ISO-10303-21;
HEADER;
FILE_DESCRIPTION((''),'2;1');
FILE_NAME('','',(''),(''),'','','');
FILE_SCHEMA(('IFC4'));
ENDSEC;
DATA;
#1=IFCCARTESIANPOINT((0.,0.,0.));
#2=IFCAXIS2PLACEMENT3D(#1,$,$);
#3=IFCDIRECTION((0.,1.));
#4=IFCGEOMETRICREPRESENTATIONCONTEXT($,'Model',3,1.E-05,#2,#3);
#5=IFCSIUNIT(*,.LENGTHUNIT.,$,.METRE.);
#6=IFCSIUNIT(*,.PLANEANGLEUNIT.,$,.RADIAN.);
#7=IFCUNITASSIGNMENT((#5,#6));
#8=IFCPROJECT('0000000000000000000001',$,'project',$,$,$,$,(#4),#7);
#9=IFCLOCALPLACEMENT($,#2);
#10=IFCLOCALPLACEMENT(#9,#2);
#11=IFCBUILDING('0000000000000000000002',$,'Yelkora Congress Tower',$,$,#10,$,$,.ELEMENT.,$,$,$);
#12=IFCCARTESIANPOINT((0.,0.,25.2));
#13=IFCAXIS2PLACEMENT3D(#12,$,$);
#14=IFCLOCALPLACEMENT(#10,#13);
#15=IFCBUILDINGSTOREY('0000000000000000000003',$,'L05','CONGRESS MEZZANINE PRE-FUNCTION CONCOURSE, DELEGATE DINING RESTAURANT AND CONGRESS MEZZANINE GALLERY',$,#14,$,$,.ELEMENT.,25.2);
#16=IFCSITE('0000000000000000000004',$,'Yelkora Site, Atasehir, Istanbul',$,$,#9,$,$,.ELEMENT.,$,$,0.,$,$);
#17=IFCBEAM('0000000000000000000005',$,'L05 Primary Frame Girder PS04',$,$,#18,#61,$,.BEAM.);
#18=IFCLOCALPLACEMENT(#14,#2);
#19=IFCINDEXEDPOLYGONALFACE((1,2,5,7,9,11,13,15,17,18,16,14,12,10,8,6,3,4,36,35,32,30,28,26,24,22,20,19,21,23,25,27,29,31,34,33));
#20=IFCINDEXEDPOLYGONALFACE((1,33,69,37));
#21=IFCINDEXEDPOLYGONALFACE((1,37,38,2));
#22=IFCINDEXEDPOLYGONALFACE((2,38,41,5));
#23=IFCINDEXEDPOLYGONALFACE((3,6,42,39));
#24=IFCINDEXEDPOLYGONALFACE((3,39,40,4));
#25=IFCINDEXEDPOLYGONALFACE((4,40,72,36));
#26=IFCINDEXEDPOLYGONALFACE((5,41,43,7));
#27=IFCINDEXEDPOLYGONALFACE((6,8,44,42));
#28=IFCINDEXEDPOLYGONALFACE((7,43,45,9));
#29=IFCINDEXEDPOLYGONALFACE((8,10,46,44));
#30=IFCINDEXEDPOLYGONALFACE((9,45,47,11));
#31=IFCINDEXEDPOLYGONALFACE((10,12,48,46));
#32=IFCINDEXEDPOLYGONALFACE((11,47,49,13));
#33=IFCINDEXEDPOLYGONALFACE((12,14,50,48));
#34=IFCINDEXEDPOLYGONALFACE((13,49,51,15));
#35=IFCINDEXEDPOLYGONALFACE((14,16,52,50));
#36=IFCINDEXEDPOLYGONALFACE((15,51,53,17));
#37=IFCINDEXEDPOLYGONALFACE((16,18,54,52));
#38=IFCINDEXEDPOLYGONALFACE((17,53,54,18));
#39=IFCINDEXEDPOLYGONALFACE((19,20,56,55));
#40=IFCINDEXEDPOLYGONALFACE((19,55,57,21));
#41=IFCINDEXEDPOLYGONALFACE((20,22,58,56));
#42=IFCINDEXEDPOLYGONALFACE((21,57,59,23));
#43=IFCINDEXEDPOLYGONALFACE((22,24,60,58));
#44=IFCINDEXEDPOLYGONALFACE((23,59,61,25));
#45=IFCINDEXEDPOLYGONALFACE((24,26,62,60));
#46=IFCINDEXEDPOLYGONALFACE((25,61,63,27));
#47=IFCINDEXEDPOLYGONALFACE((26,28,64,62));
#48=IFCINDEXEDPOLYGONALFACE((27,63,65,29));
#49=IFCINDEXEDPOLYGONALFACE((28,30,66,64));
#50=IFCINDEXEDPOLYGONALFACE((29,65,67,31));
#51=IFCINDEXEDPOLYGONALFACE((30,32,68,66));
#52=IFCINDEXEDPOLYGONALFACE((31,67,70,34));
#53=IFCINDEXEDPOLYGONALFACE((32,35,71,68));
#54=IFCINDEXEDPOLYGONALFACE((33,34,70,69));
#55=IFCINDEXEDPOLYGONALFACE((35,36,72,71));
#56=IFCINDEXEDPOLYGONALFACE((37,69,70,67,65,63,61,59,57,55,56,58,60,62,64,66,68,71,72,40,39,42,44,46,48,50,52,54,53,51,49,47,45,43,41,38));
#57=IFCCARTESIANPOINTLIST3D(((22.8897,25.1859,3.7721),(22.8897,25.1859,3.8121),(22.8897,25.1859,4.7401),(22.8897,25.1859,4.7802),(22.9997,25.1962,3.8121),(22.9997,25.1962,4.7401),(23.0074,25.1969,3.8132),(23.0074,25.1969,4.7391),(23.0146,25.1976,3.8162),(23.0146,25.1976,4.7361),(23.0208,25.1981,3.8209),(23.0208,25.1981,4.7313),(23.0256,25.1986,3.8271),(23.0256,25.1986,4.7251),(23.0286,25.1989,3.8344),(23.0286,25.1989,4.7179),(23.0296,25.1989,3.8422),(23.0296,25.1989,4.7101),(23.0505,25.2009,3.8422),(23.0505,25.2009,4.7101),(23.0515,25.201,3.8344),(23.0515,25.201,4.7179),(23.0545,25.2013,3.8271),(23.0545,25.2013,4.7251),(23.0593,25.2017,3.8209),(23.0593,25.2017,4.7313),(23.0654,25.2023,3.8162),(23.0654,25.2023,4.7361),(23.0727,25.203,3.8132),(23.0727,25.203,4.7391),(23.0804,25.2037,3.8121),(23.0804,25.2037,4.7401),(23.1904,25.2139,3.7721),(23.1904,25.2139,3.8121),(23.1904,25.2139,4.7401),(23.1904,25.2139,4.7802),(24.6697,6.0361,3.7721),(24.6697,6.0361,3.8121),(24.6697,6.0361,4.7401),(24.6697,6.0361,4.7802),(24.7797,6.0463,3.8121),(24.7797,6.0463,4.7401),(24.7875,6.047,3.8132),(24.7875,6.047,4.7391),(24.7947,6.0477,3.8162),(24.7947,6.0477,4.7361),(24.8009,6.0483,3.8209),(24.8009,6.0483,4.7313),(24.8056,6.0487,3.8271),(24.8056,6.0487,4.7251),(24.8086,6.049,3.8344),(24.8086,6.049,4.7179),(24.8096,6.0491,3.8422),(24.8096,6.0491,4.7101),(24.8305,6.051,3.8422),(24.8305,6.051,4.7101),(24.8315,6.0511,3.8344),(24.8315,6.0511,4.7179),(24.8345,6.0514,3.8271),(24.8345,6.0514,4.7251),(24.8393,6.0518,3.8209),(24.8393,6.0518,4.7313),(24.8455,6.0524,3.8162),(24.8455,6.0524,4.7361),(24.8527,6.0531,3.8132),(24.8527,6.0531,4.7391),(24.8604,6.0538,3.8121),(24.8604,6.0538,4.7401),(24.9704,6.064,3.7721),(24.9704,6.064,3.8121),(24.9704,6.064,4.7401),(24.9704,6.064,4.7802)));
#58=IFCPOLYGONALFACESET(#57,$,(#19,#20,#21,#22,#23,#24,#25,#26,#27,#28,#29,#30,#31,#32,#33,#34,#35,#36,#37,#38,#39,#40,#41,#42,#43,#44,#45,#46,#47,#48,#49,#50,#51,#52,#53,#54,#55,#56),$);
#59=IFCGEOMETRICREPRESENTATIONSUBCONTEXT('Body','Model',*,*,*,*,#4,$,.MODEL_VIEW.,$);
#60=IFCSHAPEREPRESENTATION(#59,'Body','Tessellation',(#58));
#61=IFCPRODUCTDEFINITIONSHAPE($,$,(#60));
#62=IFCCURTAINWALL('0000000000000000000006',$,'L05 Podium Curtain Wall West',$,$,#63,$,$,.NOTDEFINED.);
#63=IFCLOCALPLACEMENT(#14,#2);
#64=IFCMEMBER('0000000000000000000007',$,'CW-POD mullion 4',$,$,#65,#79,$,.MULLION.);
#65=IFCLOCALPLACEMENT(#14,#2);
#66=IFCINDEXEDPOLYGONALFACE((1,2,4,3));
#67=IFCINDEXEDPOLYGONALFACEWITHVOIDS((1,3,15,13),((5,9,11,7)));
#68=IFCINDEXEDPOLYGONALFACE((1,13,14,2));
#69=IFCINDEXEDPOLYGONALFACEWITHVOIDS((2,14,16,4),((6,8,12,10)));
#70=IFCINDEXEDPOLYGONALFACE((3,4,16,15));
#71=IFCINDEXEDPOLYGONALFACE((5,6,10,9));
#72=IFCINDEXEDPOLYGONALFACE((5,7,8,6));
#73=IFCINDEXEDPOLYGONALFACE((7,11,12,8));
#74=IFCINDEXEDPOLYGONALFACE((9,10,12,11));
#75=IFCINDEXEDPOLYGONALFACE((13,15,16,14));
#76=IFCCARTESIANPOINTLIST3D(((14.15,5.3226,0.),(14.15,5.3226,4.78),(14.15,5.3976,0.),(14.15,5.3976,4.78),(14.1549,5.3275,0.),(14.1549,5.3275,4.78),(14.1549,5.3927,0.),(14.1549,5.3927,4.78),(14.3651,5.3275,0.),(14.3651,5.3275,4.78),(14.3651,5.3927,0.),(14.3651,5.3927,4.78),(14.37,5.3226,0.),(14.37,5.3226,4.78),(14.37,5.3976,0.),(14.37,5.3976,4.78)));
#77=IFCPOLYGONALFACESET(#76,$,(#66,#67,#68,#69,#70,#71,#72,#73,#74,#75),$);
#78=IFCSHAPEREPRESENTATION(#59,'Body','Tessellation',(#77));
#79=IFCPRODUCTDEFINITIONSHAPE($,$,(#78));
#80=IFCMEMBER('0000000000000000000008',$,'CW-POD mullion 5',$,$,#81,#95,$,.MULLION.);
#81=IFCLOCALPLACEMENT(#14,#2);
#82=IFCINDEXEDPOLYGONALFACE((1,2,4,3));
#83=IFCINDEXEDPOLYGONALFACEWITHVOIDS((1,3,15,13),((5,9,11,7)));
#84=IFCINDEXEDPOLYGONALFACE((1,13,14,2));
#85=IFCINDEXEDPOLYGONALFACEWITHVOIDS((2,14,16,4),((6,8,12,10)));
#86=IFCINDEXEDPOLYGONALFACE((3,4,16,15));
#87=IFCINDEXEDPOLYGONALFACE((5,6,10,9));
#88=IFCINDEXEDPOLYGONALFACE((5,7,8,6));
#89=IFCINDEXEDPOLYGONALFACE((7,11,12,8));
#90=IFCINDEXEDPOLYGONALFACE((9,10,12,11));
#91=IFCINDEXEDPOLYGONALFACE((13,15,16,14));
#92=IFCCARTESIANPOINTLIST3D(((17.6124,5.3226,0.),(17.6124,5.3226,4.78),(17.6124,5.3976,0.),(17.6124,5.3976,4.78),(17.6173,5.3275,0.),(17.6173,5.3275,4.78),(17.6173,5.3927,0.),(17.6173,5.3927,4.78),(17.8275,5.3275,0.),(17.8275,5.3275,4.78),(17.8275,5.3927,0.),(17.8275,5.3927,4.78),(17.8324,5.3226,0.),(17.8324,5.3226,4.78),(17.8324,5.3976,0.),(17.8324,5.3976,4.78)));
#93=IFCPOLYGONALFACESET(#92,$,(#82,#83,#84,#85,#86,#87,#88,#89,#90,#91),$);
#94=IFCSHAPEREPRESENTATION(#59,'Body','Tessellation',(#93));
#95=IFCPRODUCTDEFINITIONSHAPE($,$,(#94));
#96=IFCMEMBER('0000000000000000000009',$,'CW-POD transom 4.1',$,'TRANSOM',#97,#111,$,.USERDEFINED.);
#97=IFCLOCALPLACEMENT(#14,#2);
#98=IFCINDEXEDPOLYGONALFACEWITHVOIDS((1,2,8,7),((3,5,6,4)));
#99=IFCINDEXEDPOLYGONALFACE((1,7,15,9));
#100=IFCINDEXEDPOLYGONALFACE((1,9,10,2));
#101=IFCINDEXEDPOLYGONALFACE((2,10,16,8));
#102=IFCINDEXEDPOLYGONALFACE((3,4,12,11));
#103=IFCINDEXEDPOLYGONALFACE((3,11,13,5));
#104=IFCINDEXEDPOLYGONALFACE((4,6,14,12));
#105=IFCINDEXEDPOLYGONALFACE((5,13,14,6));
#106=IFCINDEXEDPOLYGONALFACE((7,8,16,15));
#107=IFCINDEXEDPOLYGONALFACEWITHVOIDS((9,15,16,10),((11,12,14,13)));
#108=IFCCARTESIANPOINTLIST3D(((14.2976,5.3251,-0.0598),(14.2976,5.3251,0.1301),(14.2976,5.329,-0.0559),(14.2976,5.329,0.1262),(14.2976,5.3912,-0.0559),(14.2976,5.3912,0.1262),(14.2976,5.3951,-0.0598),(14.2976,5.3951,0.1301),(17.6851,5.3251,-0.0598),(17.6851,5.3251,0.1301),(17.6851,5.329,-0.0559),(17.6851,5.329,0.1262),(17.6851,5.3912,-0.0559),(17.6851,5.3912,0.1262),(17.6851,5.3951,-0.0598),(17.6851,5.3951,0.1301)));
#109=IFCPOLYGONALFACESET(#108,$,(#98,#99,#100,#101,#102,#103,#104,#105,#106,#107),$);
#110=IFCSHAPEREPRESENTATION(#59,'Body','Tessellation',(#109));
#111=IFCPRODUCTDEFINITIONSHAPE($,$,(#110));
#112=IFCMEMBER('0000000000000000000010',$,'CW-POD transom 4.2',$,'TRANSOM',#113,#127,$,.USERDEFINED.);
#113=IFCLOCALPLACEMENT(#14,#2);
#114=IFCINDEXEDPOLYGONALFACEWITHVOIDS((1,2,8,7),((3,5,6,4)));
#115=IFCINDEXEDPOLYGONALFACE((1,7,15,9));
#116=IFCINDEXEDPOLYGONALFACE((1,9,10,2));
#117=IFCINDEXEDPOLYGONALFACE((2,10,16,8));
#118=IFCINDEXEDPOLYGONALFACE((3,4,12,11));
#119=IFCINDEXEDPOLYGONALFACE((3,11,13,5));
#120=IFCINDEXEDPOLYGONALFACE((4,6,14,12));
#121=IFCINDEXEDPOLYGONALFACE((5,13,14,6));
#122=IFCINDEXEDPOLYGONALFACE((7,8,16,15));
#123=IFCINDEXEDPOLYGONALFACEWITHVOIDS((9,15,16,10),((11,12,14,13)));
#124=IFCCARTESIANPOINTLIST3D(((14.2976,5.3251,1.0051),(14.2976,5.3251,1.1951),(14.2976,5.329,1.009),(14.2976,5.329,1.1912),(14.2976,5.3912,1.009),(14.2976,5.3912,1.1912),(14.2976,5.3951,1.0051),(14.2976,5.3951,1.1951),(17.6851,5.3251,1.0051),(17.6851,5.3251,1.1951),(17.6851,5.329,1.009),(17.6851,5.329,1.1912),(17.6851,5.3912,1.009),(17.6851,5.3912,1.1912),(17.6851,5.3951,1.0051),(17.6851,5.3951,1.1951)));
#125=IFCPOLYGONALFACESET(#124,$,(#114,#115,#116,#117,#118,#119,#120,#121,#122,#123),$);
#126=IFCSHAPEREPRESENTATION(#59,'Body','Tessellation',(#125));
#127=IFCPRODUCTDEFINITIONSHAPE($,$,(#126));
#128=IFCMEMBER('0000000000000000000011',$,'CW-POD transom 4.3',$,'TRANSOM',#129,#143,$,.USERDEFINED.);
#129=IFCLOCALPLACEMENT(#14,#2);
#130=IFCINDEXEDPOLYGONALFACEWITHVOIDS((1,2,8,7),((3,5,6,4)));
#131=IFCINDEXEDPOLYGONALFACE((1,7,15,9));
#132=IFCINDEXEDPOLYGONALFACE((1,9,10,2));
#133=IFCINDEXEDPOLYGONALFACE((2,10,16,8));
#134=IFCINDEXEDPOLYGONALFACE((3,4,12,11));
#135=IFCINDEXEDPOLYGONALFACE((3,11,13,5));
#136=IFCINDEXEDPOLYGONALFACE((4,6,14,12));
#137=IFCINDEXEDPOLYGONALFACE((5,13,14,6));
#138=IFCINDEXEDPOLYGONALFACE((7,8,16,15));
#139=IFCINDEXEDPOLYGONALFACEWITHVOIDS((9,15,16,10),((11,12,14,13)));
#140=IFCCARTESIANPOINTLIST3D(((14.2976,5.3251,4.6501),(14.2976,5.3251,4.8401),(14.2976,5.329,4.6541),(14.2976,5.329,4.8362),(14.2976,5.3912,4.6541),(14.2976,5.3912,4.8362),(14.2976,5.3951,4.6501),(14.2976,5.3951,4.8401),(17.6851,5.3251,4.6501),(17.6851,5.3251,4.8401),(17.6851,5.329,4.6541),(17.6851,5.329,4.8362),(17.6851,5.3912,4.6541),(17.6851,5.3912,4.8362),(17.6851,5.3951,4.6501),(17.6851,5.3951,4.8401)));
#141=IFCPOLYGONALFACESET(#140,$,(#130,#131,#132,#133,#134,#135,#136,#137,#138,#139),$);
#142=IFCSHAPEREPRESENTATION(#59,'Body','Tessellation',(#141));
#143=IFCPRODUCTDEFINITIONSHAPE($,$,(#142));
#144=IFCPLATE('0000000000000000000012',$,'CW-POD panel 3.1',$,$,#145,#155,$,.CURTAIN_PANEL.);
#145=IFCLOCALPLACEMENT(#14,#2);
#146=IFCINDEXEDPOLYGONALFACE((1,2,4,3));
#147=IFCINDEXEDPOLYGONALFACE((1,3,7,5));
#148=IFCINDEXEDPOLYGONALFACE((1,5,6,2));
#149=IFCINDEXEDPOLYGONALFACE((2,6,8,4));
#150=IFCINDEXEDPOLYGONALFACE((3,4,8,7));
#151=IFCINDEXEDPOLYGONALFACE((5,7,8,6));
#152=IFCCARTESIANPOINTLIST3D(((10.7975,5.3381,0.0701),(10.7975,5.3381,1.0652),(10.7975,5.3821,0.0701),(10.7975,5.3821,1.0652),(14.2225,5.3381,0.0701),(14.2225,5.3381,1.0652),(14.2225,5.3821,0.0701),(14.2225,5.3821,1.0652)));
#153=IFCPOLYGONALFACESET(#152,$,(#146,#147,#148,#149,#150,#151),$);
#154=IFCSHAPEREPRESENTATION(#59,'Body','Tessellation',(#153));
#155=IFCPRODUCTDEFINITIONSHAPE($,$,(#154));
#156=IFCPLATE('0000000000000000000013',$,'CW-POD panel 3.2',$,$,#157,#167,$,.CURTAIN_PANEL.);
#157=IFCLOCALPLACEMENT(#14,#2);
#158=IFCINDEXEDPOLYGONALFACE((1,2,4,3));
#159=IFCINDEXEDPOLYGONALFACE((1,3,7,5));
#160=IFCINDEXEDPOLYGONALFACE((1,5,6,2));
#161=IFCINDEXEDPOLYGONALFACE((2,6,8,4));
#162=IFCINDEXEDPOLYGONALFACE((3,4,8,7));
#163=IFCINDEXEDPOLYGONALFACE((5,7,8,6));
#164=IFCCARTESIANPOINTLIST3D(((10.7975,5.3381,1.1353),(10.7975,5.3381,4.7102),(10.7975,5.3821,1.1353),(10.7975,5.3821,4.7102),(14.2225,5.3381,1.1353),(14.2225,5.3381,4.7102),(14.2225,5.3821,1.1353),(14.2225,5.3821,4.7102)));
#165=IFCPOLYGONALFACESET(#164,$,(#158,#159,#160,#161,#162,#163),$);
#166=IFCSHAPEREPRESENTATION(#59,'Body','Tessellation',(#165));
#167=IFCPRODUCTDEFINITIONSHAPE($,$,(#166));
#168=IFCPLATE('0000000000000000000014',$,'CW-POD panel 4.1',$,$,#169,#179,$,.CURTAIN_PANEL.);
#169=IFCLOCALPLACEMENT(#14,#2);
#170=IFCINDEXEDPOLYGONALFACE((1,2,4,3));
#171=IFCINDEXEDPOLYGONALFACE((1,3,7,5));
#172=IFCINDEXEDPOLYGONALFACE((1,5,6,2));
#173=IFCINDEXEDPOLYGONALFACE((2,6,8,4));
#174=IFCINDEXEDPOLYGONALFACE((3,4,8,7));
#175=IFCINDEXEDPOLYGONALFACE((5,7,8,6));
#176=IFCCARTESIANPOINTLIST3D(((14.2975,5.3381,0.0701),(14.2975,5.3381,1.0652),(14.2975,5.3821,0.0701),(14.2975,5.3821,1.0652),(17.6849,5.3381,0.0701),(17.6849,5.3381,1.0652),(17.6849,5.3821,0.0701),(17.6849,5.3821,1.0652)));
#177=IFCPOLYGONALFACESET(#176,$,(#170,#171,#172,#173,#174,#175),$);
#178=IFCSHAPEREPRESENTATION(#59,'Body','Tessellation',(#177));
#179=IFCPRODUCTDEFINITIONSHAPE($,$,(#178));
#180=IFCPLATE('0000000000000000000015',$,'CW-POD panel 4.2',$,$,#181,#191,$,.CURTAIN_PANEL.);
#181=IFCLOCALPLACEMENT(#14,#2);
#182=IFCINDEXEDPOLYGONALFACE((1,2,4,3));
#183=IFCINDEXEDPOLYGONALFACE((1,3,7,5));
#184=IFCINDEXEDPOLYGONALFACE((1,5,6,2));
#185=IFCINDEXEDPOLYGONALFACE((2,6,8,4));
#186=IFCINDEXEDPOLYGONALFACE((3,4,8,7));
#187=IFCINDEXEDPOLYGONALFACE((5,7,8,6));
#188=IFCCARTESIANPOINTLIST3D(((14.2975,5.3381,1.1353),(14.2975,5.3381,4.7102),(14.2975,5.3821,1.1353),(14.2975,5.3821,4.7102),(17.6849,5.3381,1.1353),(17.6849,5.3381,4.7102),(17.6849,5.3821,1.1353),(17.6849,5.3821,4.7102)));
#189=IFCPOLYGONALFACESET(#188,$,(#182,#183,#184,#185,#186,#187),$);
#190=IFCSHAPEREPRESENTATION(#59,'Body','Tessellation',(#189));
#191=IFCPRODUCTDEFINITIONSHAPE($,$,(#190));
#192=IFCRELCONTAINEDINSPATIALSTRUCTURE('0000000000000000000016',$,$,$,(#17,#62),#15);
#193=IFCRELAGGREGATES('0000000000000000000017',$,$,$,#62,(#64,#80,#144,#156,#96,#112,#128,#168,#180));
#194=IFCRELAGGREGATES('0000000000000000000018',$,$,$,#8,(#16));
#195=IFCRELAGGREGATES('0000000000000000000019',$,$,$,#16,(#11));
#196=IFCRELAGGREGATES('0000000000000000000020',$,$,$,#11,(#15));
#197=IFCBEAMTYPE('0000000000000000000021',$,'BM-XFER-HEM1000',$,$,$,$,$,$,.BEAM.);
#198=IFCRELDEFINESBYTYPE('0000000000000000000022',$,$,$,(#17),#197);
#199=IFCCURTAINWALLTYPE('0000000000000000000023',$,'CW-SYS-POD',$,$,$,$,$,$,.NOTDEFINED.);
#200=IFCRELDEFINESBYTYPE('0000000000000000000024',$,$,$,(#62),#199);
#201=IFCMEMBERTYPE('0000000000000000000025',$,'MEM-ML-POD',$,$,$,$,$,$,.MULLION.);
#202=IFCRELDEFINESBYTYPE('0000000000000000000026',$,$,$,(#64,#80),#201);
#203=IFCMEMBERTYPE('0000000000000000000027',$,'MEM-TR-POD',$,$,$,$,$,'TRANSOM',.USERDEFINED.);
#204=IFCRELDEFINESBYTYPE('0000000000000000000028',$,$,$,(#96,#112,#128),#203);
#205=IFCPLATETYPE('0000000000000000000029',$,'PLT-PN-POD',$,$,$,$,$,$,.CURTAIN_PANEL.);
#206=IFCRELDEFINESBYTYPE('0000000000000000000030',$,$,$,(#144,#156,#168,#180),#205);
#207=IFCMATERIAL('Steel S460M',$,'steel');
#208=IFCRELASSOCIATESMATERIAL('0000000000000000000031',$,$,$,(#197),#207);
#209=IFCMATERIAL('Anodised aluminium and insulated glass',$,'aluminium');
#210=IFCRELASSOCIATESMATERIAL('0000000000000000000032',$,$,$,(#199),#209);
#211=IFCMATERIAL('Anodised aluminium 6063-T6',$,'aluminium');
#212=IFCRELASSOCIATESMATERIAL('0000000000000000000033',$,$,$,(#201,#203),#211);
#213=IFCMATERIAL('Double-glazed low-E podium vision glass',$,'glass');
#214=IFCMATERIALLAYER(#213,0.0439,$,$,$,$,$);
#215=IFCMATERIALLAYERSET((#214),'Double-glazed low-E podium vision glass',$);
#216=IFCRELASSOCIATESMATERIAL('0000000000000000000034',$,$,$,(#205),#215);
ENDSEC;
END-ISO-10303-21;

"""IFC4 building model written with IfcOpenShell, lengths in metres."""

from ifc_helpers import new_model, si_unit, direction, frame, origin, origin_2d, place, context, subcontext, project, spatial, rectangle, hollow_rectangle, i_section, extrude, material, layer, layer_set, material_profile, profile_set, type_object, element, aggregate, save


model = new_model("IFC4")

# Units and contexts
model_context = context("Model", 3, precision=1e-05, world=origin(), true_north=direction((0.0, 1.0)))
body_context = subcontext(model_context, "Body", "Model", "MODEL_VIEW")
ifc_project = project(units=[si_unit("LENGTHUNIT", "METRE"), si_unit("PLANEANGLEUNIT", "RADIAN")], contexts=[model_context])

# Site, building, storey
site_placement = place(None, origin())
site = spatial("IfcSite", under=ifc_project, at=site_placement, Name="Yelkora Site, Atasehir, Istanbul", CompositionType="ELEMENT", RefElevation=0.0)
building_placement = place(site_placement, origin())
building = spatial("IfcBuilding", under=site, at=building_placement, Name="Yelkora Congress Tower", CompositionType="ELEMENT")
storey_placement = place(building_placement, frame((0.0, 0.0, 25.2)))
storey = spatial("IfcBuildingStorey", under=building, at=storey_placement, Name="L05", Description="CONGRESS MEZZANINE PRE-FUNCTION CONCOURSE, DELEGATE DINING RESTAURANT AND CONGRESS MEZZANINE GALLERY", CompositionType="ELEMENT", Elevation=25.2)

# Beam
ifc_material_1 = material(Name="Steel S460M", Category="steel")
ifc_material_profile_1 = material_profile(ifc_material_1, i_section(OverallWidth=0.302, OverallDepth=1.0081, WebThickness=0.021, FlangeThickness=0.04, FilletRadius=0.03, at=origin_2d()), Name="HEM 1000")
ifc_profile_set_1 = profile_set([ifc_material_profile_1], Name="Steel S460M")
beam_type_1 = type_object("IfcBeamType", Name="BM-XFER-HEM1000", PredefinedType="BEAM", material=ifc_profile_set_1)
beam_1_placement = place(storey_placement, frame((24.8201, 6.05, 4.2761), z_axis=(-0.092553, 0.995708, 0.0), x_axis=(-0.995708, -0.092553, 0.0)))
element("IfcBeam", 1, at=beam_1_placement, inside=storey, type_object=beam_type_1, Name="L05 Primary Frame Girder PS04", PredefinedType="BEAM", context=body_context, shape_type="SweptSolid", body=[
    extrude(i_section(OverallWidth=0.302, OverallDepth=1.0081, WebThickness=0.021, FlangeThickness=0.04, FilletRadius=0.03, at=origin_2d()), origin(), (0.0, 0.0, 1.0), 19.2324),
])

# Curtain wall, members, plates
ifc_material_2 = material(Name="Anodised aluminium and insulated glass", Category="aluminium")
curtain_wall_type = type_object("IfcCurtainWallType", Name="CW-SYS-POD", PredefinedType="NOTDEFINED", material=ifc_material_2)
curtain_wall_placement = place(storey_placement, origin())
curtain_wall = element("IfcCurtainWall", 2, at=curtain_wall_placement, inside=storey, type_object=curtain_wall_type, Name="L05 Podium Curtain Wall West", PredefinedType="NOTDEFINED")
ifc_material_3 = material(Name="Anodised aluminium 6063-T6", Category="aluminium")
ifc_material_profile_2 = material_profile(ifc_material_3, hollow_rectangle(XDim=0.075, YDim=0.22, WallThickness=0.0049, at=origin_2d()), Name="ALU 75x220x5")
ifc_profile_set_2 = profile_set([ifc_material_profile_2], Name="Anodised aluminium 6063-T6")
member_type_1 = type_object("IfcMemberType", Name="MEM-ML-POD", PredefinedType="MULLION", material=ifc_profile_set_2)
member_1_placement = place(storey_placement, frame((14.26, 5.3601, 0.0), z_axis=(0.0, 0.0, 1.0), x_axis=(0.0, 1.0, 0.0)))
member_1 = element("IfcMember", 3, at=member_1_placement, type_object=member_type_1, Name="CW-POD mullion 4", PredefinedType="MULLION", context=body_context, shape_type="SweptSolid", body=[
    extrude(hollow_rectangle(XDim=0.075, YDim=0.22, WallThickness=0.0049, at=origin_2d()), origin(), (0.0, 0.0, 1.0), 4.78),
])
member_2_placement = place(storey_placement, frame((17.7224, 5.3601, 0.0), z_axis=(0.0, 0.0, 1.0), x_axis=(0.0, 1.0, 0.0)))
member_2 = element("IfcMember", 4, at=member_2_placement, type_object=member_type_1, Name="CW-POD mullion 5", PredefinedType="MULLION", context=body_context, shape_type="SweptSolid", body=[
    extrude(hollow_rectangle(XDim=0.075, YDim=0.22, WallThickness=0.0049, at=origin_2d()), origin(), (0.0, 0.0, 1.0), 4.78),
])
ifc_material_profile_3 = material_profile(ifc_material_3, hollow_rectangle(XDim=0.0701, YDim=0.1899, WallThickness=0.0039, at=origin_2d()), Name="ALU 70x190x4")
ifc_profile_set_3 = profile_set([ifc_material_profile_3], Name="Anodised aluminium 6063-T6")
member_type_2 = type_object("IfcMemberType", Name="MEM-TR-POD", ElementType="TRANSOM", PredefinedType="USERDEFINED", material=ifc_profile_set_3)
member_3_placement = place(storey_placement, frame((14.2976, 5.3601, 0.0352), z_axis=(1.0, 0.0, 0.0), x_axis=(0.0, 1.0, 0.0)))
member_3 = element("IfcMember", 5, at=member_3_placement, type_object=member_type_2, Name="CW-POD transom 4.1", ObjectType="TRANSOM", PredefinedType="USERDEFINED", context=body_context, shape_type="SweptSolid", body=[
    extrude(hollow_rectangle(XDim=0.0701, YDim=0.1899, WallThickness=0.0039, at=origin_2d()), origin(), (0.0, 0.0, 1.0), 3.3875),
])
member_4_placement = place(storey_placement, frame((14.2976, 5.3601, 1.1001), z_axis=(1.0, 0.0, 0.0), x_axis=(0.0, 1.0, 0.0)))
member_4 = element("IfcMember", 6, at=member_4_placement, type_object=member_type_2, Name="CW-POD transom 4.2", ObjectType="TRANSOM", PredefinedType="USERDEFINED", context=body_context, shape_type="SweptSolid", body=[
    extrude(hollow_rectangle(XDim=0.0701, YDim=0.1899, WallThickness=0.0039, at=origin_2d()), origin(), (0.0, 0.0, 1.0), 3.3875),
])
member_5_placement = place(storey_placement, frame((14.2976, 5.3601, 4.7451), z_axis=(1.0, 0.0, 0.0), x_axis=(0.0, 1.0, 0.0)))
member_5 = element("IfcMember", 7, at=member_5_placement, type_object=member_type_2, Name="CW-POD transom 4.3", ObjectType="TRANSOM", PredefinedType="USERDEFINED", context=body_context, shape_type="SweptSolid", body=[
    extrude(hollow_rectangle(XDim=0.0701, YDim=0.1899, WallThickness=0.0039, at=origin_2d()), origin(), (0.0, 0.0, 1.0), 3.3875),
])
ifc_material_4 = material(Name="Double-glazed low-E podium vision glass", Category="glass")
ifc_layer_1 = layer(ifc_material_4, 0.0439)
ifc_layer_set_1 = layer_set([ifc_layer_1], Name="Double-glazed low-E podium vision glass")
plate_type = type_object("IfcPlateType", Name="PLT-PN-POD", PredefinedType="CURTAIN_PANEL", material=ifc_layer_set_1)
plate_1_placement = place(storey_placement, frame((12.51, 5.3601, 0.0701), z_axis=(0.0, 0.0, 1.0), x_axis=(1.0, 0.0, 0.0)))
plate_1 = element("IfcPlate", 8, at=plate_1_placement, type_object=plate_type, Name="CW-POD panel 3.1", PredefinedType="CURTAIN_PANEL", context=body_context, shape_type="SweptSolid", body=[
    extrude(rectangle(XDim=3.425, YDim=0.0439, at=origin_2d()), origin(), (0.0, 0.0, 1.0), 0.9951),
])
plate_2_placement = place(storey_placement, frame((12.51, 5.3601, 1.1353), z_axis=(0.0, 0.0, 1.0), x_axis=(1.0, 0.0, 0.0)))
plate_2 = element("IfcPlate", 9, at=plate_2_placement, type_object=plate_type, Name="CW-POD panel 3.2", PredefinedType="CURTAIN_PANEL", context=body_context, shape_type="SweptSolid", body=[
    extrude(rectangle(XDim=3.425, YDim=0.0439, at=origin_2d()), origin(), (0.0, 0.0, 1.0), 3.575),
])
plate_3_placement = place(storey_placement, frame((15.9912, 5.3601, 0.0701), z_axis=(0.0, 0.0, 1.0), x_axis=(1.0, 0.0, 0.0)))
plate_3 = element("IfcPlate", 10, at=plate_3_placement, type_object=plate_type, Name="CW-POD panel 4.1", PredefinedType="CURTAIN_PANEL", context=body_context, shape_type="SweptSolid", body=[
    extrude(rectangle(XDim=3.3875, YDim=0.0439, at=origin_2d()), origin(), (0.0, 0.0, 1.0), 0.9951),
])
plate_4_placement = place(storey_placement, frame((15.9912, 5.3601, 1.1353), z_axis=(0.0, 0.0, 1.0), x_axis=(1.0, 0.0, 0.0)))
plate_4 = element("IfcPlate", 11, at=plate_4_placement, type_object=plate_type, Name="CW-POD panel 4.2", PredefinedType="CURTAIN_PANEL", context=body_context, shape_type="SweptSolid", body=[
    extrude(rectangle(XDim=3.3875, YDim=0.0439, at=origin_2d()), origin(), (0.0, 0.0, 1.0), 3.575),
])
aggregate(curtain_wall, [member_1, member_2, plate_1, plate_2, member_3, member_4, member_5, plate_3, plate_4])

save(model, "model.ifc")
